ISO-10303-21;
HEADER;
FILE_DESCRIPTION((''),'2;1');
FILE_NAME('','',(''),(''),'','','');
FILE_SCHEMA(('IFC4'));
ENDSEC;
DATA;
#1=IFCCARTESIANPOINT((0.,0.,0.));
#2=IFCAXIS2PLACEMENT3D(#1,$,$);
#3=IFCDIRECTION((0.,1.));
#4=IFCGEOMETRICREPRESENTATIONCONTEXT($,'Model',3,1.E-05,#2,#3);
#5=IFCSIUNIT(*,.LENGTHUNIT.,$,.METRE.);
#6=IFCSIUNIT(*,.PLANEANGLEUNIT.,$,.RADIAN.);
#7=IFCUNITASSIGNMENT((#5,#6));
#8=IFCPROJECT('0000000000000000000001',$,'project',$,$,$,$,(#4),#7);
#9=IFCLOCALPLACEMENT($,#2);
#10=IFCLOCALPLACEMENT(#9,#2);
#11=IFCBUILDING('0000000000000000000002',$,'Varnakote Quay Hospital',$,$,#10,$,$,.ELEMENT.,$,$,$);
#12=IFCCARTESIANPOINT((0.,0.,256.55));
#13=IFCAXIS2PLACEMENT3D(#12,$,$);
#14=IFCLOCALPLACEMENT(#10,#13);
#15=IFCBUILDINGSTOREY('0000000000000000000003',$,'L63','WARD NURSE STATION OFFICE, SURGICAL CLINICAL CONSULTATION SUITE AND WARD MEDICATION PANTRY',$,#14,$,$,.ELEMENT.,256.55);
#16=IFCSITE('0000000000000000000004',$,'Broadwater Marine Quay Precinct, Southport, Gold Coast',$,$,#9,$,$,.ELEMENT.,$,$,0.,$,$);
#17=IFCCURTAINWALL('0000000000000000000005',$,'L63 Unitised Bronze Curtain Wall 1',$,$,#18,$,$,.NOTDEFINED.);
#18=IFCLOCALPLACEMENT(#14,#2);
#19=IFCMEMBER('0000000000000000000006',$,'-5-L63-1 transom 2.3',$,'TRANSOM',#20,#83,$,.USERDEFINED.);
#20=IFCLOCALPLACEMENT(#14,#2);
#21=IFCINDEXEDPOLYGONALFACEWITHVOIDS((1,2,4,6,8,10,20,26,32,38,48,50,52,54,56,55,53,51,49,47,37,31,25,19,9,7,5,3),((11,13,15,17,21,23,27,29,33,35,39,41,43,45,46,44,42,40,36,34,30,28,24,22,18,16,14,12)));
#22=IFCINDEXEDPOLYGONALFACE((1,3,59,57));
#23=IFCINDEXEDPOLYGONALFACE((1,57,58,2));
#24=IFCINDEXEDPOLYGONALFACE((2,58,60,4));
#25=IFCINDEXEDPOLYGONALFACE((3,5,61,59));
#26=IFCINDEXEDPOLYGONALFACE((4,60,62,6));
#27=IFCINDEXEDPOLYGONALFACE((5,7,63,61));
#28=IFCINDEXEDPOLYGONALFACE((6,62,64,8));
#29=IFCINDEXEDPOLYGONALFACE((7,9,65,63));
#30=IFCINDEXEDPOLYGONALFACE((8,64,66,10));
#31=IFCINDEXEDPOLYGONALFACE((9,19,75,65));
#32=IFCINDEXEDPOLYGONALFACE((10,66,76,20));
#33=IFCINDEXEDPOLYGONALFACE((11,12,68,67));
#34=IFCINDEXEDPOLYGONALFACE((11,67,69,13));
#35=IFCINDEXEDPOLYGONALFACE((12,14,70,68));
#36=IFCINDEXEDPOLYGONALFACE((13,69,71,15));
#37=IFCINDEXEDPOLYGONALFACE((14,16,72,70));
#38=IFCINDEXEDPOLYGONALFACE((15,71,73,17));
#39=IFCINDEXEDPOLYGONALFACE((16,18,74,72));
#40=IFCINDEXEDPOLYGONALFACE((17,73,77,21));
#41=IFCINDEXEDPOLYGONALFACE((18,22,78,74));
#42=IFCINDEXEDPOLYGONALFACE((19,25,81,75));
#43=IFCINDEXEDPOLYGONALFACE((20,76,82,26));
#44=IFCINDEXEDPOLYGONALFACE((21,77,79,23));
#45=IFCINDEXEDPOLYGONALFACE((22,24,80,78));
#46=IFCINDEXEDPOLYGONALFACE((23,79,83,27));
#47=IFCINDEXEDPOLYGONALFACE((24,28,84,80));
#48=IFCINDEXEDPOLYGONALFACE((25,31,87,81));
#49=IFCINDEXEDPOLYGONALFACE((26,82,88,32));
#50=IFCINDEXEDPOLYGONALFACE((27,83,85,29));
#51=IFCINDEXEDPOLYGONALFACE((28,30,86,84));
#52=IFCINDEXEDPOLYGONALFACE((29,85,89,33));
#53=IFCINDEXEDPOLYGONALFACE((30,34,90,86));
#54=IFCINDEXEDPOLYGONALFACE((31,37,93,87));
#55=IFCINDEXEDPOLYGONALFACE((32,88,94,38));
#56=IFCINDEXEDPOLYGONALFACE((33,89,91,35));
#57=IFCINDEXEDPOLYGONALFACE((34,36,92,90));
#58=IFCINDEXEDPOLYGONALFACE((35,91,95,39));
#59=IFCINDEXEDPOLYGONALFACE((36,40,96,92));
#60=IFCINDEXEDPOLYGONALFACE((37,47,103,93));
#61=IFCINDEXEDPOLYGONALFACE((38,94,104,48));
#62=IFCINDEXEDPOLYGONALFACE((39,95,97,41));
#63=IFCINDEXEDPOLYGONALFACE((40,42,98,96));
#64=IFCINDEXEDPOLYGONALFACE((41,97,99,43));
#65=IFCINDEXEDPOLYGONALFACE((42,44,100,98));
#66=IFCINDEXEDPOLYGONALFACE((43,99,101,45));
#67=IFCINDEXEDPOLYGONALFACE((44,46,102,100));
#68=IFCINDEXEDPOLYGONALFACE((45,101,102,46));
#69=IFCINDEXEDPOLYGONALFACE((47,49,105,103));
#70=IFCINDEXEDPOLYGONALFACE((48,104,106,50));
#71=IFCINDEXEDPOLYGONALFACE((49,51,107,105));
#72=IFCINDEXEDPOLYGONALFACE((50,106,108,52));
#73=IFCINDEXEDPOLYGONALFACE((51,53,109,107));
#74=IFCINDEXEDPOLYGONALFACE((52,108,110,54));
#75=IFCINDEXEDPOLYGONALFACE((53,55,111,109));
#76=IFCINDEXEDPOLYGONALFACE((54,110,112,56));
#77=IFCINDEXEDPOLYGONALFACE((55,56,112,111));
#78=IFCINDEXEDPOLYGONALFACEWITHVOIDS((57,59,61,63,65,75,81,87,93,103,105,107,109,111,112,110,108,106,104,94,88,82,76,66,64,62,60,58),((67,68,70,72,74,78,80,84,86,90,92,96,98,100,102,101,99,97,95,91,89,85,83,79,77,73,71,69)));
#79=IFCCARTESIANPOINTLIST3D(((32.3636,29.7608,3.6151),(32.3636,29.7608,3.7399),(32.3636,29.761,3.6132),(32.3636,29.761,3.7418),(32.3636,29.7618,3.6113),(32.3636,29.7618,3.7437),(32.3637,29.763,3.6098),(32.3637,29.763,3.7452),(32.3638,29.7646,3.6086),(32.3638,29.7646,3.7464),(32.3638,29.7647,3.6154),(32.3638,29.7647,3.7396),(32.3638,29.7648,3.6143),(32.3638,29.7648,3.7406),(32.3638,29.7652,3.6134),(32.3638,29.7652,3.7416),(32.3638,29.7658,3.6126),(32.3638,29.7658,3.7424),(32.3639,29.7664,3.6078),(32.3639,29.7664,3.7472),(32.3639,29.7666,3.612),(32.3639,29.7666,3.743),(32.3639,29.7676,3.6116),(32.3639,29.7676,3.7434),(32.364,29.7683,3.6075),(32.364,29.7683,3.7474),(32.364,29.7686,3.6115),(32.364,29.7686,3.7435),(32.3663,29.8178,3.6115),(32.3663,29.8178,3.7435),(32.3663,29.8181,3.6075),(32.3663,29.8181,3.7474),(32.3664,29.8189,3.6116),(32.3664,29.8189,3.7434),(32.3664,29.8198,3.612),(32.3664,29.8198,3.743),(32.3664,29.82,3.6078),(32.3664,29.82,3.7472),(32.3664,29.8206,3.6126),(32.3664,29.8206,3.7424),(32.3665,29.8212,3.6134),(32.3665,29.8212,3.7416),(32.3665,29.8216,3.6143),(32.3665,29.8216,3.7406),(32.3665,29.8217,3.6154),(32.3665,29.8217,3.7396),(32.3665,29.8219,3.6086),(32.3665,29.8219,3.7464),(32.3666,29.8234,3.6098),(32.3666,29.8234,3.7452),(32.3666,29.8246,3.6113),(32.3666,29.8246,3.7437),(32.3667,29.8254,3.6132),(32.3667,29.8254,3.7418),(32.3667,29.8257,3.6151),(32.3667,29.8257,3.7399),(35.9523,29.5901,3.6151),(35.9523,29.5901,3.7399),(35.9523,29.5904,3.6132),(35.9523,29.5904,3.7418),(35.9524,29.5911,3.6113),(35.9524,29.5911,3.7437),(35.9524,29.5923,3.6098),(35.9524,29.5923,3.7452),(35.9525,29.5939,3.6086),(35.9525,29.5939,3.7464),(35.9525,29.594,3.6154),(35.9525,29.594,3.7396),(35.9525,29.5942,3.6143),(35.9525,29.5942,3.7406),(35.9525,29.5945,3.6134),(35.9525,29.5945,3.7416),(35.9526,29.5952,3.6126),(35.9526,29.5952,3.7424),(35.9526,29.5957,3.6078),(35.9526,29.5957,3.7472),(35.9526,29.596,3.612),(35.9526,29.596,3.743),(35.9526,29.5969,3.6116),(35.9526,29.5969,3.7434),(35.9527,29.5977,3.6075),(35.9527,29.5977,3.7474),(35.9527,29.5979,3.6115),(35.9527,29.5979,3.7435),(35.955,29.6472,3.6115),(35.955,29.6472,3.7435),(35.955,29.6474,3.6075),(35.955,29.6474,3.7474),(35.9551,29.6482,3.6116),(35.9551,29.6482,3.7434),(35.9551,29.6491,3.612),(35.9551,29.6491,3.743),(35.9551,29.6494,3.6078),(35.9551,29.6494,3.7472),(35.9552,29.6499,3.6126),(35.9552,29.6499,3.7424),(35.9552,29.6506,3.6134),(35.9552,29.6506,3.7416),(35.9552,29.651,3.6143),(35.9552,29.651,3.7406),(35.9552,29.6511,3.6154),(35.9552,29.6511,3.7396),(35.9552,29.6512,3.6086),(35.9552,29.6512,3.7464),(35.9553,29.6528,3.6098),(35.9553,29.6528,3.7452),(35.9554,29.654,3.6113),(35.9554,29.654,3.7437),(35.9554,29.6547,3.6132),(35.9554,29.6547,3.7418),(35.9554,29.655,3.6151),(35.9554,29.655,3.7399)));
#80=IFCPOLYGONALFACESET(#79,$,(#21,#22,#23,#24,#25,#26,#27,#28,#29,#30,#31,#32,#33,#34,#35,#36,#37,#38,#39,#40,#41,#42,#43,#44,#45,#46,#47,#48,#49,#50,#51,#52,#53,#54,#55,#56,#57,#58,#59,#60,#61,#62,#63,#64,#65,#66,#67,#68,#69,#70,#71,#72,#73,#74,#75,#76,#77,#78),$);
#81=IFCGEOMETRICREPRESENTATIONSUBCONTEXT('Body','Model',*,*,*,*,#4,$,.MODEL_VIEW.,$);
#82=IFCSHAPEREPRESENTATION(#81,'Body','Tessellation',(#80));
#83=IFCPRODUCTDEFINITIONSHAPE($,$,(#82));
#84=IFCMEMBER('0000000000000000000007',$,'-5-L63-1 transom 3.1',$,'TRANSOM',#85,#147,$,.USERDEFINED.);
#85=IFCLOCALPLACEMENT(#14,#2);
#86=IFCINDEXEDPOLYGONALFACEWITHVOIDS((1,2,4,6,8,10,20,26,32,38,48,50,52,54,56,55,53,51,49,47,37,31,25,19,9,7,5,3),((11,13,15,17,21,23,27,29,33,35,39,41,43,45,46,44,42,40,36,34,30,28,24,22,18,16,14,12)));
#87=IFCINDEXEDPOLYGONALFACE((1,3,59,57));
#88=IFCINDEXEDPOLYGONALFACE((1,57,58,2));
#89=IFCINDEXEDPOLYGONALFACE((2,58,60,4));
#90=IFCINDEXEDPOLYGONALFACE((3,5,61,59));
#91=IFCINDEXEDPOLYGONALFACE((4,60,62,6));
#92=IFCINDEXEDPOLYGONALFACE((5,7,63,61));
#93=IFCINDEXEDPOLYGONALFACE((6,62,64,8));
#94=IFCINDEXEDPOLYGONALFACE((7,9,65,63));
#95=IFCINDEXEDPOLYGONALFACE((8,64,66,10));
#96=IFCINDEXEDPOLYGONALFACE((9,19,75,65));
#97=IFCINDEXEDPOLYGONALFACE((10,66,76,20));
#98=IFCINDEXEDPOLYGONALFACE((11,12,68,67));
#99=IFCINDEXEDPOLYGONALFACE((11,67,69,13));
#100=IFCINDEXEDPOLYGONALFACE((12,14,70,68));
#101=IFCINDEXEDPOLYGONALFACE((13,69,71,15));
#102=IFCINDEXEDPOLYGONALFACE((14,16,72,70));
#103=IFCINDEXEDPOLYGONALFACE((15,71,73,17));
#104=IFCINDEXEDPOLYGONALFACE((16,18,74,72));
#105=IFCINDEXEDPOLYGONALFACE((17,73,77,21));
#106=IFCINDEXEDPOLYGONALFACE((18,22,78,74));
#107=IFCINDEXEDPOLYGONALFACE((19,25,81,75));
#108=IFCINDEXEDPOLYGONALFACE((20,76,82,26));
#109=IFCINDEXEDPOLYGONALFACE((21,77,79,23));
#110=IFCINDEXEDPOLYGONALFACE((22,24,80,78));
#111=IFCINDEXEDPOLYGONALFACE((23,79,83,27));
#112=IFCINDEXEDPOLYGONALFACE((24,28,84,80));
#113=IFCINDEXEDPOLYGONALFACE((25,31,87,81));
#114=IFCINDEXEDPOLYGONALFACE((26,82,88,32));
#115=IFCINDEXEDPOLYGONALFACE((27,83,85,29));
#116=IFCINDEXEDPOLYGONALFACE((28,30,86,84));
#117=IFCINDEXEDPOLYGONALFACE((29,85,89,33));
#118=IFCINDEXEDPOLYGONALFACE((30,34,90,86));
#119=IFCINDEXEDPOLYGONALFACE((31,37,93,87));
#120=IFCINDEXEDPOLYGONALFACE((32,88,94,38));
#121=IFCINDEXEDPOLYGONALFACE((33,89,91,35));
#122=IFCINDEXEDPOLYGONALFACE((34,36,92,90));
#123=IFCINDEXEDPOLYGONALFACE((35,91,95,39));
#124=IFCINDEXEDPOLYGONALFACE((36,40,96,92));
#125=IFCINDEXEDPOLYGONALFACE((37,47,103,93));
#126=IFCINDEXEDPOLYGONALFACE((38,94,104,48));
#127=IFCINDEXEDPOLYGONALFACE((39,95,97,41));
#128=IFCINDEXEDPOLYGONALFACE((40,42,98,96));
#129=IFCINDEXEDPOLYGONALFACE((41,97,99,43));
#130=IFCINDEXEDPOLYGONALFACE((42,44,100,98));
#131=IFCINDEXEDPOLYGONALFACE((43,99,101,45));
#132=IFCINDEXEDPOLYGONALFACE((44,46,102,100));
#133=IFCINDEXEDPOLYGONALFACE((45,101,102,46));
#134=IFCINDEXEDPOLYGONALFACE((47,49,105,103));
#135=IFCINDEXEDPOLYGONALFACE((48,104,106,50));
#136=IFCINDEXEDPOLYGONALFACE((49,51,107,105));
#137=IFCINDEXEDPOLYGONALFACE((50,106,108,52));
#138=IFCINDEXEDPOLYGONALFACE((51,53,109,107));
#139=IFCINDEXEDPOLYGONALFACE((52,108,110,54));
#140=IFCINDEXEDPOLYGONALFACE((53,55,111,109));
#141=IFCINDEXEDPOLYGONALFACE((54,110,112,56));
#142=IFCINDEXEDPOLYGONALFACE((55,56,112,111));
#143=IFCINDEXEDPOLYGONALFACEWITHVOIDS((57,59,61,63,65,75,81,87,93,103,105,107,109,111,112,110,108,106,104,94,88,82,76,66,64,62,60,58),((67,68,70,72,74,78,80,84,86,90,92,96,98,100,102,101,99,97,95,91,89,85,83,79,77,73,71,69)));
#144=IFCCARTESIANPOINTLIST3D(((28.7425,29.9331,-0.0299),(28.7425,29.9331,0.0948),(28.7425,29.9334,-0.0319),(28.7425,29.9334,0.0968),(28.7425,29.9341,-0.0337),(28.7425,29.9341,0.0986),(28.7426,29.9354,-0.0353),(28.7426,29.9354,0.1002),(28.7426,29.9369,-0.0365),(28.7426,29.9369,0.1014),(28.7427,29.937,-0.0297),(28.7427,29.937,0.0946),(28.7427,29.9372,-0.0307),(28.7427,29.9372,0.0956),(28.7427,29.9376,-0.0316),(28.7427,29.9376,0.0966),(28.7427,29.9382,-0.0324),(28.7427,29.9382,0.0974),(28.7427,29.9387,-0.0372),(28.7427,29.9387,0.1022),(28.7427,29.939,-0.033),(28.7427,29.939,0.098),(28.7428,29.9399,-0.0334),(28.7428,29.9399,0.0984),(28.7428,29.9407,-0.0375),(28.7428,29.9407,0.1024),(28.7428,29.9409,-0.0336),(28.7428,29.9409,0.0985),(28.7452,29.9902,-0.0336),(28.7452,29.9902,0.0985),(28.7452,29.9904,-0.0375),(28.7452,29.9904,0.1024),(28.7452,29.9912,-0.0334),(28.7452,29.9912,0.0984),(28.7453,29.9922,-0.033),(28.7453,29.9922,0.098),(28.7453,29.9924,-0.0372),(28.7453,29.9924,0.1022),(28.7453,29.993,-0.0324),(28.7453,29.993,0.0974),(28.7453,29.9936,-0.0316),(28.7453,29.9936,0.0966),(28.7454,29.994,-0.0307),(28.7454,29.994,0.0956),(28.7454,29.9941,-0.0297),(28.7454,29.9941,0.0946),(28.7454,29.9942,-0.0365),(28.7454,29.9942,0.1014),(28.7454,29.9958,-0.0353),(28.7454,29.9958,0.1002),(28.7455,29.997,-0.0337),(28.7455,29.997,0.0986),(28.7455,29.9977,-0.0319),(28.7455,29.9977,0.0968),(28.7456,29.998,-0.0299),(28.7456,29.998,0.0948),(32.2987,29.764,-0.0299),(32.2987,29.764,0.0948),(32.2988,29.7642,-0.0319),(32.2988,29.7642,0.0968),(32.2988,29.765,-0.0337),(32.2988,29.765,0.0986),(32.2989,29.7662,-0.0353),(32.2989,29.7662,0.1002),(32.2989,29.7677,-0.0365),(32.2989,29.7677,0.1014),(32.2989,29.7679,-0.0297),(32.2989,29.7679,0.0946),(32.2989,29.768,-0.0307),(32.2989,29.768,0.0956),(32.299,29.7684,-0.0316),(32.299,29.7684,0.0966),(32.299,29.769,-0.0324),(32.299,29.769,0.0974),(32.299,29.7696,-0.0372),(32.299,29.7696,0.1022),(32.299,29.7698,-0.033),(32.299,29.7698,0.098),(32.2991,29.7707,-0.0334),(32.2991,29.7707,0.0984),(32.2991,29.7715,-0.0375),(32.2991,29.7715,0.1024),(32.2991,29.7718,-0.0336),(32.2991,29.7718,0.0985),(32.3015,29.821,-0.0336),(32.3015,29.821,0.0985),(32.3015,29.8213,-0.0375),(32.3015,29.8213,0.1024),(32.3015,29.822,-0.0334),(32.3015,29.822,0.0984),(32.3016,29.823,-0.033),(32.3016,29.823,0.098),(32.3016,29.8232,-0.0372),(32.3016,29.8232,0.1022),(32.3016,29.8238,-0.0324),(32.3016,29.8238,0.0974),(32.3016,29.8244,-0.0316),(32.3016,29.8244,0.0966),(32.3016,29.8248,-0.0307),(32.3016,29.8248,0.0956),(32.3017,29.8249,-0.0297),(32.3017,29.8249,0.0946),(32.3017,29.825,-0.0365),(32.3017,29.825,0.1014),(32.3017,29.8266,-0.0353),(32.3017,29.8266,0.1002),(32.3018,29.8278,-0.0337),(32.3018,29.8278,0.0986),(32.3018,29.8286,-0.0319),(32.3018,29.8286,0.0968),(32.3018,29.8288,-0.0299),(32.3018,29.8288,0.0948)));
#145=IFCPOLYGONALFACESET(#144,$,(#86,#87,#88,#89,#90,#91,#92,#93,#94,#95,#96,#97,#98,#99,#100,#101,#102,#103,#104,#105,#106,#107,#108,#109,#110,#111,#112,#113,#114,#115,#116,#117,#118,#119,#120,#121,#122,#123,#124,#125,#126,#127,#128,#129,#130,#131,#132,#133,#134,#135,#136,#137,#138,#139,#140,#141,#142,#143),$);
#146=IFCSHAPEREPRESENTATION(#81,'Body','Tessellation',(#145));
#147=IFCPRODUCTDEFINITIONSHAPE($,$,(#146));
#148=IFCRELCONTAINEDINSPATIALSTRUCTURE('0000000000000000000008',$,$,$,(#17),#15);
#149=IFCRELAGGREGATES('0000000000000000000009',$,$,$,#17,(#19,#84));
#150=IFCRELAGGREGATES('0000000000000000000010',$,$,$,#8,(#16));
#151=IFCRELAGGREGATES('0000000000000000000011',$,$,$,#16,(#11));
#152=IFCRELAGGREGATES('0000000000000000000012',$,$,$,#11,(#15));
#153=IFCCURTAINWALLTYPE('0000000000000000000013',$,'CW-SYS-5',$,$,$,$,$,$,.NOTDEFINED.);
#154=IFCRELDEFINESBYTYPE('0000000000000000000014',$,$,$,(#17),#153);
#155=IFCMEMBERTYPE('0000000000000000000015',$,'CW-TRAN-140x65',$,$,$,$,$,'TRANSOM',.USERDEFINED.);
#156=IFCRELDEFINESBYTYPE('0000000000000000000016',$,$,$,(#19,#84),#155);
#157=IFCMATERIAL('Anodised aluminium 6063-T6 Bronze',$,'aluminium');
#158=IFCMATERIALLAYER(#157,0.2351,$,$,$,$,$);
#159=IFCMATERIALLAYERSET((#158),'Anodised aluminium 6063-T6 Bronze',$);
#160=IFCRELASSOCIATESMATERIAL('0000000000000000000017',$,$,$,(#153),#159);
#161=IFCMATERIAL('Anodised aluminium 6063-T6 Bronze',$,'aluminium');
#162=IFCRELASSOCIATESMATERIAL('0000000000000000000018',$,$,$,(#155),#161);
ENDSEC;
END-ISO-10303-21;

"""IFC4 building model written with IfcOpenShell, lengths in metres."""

from ifc_helpers import new_model, si_unit, direction, frame, origin, origin_2d, place, context, subcontext, project, spatial, hollow_rectangle, extrude, material, layer, layer_set, material_profile, profile_set, type_object, element, aggregate, save


model = new_model("IFC4")

# Units and contexts
model_context = context("Model", 3, precision=1e-05, world=origin(), true_north=direction((0.0, 1.0)))
body_context = subcontext(model_context, "Body", "Model", "MODEL_VIEW")
ifc_project = project(units=[si_unit("LENGTHUNIT", "METRE"), si_unit("PLANEANGLEUNIT", "RADIAN")], contexts=[model_context])

# Site, building, storey
site_placement = place(None, origin())
site = spatial("IfcSite", under=ifc_project, at=site_placement, Name="Broadwater Marine Quay Precinct, Southport, Gold Coast", CompositionType="ELEMENT", RefElevation=0.0)
building_placement = place(site_placement, origin())
building = spatial("IfcBuilding", under=site, at=building_placement, Name="Varnakote Quay Hospital", CompositionType="ELEMENT")
storey_placement = place(building_placement, frame((0.0, 0.0, 256.55)))
storey = spatial("IfcBuildingStorey", under=building, at=storey_placement, Name="L63", Description="WARD NURSE STATION OFFICE, SURGICAL CLINICAL CONSULTATION SUITE AND WARD MEDICATION PANTRY", CompositionType="ELEMENT", Elevation=256.55)

# Curtain wall, members
ifc_material_1 = material(Name="Anodised aluminium 6063-T6 Bronze", Category="aluminium")
ifc_layer_1 = layer(ifc_material_1, 0.2351)
ifc_layer_set_1 = layer_set([ifc_layer_1], Name="Anodised aluminium 6063-T6 Bronze")
curtain_wall_type = type_object("IfcCurtainWallType", Name="CW-SYS-5", PredefinedType="NOTDEFINED", material=ifc_layer_set_1)
curtain_wall_placement = place(storey_placement, origin())
curtain_wall = element("IfcCurtainWall", 1, at=curtain_wall_placement, inside=storey, type_object=curtain_wall_type, Name="L63 Unitised Bronze Curtain Wall 1", PredefinedType="NOTDEFINED")
ifc_material_2 = material(Name="Anodised aluminium 6063-T6 Bronze", Category="aluminium")
ifc_material_profile_1 = material_profile(ifc_material_2, hollow_rectangle(XDim=0.0649, YDim=0.1399, WallThickness=0.0039, InnerFilletRadius=0.0039, OuterFilletRadius=0.0076, at=origin_2d()), Name="CW-TRAN-140x65")
ifc_profile_set_1 = profile_set([ifc_material_profile_1], Name="Anodised aluminium 6063-T6 Bronze")
member_type_1 = type_object("IfcMemberType", Name="CW-TRAN-140x65", ElementType="TRANSOM", PredefinedType="USERDEFINED", material=ifc_profile_set_1)
member_1_placement = place(storey_placement, frame((35.9539, 29.6226, 3.6775), z_axis=(-0.998871, 0.047501, 0.0), x_axis=(-0.047501, -0.998871, 0.0)))
member_1 = element("IfcMember", 2, at=member_1_placement, type_object=member_type_1, Name="-5-L63-1 transom 2.3", ObjectType="TRANSOM", PredefinedType="USERDEFINED", context=body_context, shape_type="SweptSolid", body=[
    extrude(hollow_rectangle(XDim=0.0649, YDim=0.1399, WallThickness=0.0039, InnerFilletRadius=0.0039, OuterFilletRadius=0.0076, at=origin_2d()), origin(), (0.0, 0.0, 1.0), 3.5928),
])
member_2_placement = place(storey_placement, frame((32.3003, 29.7964, 0.0325), z_axis=(-0.99887, 0.04752, 0.0), x_axis=(-0.04752, -0.99887, 0.0)))
member_2 = element("IfcMember", 3, at=member_2_placement, type_object=member_type_1, Name="-5-L63-1 transom 3.1", ObjectType="TRANSOM", PredefinedType="USERDEFINED", context=body_context, shape_type="SweptSolid", body=[
    extrude(hollow_rectangle(XDim=0.0649, YDim=0.1399, WallThickness=0.0039, InnerFilletRadius=0.0039, OuterFilletRadius=0.0076, at=origin_2d()), origin(), (0.0, 0.0, 1.0), 3.5603),
])
aggregate(curtain_wall, [member_1, member_2])

save(model, "model.ifc")
